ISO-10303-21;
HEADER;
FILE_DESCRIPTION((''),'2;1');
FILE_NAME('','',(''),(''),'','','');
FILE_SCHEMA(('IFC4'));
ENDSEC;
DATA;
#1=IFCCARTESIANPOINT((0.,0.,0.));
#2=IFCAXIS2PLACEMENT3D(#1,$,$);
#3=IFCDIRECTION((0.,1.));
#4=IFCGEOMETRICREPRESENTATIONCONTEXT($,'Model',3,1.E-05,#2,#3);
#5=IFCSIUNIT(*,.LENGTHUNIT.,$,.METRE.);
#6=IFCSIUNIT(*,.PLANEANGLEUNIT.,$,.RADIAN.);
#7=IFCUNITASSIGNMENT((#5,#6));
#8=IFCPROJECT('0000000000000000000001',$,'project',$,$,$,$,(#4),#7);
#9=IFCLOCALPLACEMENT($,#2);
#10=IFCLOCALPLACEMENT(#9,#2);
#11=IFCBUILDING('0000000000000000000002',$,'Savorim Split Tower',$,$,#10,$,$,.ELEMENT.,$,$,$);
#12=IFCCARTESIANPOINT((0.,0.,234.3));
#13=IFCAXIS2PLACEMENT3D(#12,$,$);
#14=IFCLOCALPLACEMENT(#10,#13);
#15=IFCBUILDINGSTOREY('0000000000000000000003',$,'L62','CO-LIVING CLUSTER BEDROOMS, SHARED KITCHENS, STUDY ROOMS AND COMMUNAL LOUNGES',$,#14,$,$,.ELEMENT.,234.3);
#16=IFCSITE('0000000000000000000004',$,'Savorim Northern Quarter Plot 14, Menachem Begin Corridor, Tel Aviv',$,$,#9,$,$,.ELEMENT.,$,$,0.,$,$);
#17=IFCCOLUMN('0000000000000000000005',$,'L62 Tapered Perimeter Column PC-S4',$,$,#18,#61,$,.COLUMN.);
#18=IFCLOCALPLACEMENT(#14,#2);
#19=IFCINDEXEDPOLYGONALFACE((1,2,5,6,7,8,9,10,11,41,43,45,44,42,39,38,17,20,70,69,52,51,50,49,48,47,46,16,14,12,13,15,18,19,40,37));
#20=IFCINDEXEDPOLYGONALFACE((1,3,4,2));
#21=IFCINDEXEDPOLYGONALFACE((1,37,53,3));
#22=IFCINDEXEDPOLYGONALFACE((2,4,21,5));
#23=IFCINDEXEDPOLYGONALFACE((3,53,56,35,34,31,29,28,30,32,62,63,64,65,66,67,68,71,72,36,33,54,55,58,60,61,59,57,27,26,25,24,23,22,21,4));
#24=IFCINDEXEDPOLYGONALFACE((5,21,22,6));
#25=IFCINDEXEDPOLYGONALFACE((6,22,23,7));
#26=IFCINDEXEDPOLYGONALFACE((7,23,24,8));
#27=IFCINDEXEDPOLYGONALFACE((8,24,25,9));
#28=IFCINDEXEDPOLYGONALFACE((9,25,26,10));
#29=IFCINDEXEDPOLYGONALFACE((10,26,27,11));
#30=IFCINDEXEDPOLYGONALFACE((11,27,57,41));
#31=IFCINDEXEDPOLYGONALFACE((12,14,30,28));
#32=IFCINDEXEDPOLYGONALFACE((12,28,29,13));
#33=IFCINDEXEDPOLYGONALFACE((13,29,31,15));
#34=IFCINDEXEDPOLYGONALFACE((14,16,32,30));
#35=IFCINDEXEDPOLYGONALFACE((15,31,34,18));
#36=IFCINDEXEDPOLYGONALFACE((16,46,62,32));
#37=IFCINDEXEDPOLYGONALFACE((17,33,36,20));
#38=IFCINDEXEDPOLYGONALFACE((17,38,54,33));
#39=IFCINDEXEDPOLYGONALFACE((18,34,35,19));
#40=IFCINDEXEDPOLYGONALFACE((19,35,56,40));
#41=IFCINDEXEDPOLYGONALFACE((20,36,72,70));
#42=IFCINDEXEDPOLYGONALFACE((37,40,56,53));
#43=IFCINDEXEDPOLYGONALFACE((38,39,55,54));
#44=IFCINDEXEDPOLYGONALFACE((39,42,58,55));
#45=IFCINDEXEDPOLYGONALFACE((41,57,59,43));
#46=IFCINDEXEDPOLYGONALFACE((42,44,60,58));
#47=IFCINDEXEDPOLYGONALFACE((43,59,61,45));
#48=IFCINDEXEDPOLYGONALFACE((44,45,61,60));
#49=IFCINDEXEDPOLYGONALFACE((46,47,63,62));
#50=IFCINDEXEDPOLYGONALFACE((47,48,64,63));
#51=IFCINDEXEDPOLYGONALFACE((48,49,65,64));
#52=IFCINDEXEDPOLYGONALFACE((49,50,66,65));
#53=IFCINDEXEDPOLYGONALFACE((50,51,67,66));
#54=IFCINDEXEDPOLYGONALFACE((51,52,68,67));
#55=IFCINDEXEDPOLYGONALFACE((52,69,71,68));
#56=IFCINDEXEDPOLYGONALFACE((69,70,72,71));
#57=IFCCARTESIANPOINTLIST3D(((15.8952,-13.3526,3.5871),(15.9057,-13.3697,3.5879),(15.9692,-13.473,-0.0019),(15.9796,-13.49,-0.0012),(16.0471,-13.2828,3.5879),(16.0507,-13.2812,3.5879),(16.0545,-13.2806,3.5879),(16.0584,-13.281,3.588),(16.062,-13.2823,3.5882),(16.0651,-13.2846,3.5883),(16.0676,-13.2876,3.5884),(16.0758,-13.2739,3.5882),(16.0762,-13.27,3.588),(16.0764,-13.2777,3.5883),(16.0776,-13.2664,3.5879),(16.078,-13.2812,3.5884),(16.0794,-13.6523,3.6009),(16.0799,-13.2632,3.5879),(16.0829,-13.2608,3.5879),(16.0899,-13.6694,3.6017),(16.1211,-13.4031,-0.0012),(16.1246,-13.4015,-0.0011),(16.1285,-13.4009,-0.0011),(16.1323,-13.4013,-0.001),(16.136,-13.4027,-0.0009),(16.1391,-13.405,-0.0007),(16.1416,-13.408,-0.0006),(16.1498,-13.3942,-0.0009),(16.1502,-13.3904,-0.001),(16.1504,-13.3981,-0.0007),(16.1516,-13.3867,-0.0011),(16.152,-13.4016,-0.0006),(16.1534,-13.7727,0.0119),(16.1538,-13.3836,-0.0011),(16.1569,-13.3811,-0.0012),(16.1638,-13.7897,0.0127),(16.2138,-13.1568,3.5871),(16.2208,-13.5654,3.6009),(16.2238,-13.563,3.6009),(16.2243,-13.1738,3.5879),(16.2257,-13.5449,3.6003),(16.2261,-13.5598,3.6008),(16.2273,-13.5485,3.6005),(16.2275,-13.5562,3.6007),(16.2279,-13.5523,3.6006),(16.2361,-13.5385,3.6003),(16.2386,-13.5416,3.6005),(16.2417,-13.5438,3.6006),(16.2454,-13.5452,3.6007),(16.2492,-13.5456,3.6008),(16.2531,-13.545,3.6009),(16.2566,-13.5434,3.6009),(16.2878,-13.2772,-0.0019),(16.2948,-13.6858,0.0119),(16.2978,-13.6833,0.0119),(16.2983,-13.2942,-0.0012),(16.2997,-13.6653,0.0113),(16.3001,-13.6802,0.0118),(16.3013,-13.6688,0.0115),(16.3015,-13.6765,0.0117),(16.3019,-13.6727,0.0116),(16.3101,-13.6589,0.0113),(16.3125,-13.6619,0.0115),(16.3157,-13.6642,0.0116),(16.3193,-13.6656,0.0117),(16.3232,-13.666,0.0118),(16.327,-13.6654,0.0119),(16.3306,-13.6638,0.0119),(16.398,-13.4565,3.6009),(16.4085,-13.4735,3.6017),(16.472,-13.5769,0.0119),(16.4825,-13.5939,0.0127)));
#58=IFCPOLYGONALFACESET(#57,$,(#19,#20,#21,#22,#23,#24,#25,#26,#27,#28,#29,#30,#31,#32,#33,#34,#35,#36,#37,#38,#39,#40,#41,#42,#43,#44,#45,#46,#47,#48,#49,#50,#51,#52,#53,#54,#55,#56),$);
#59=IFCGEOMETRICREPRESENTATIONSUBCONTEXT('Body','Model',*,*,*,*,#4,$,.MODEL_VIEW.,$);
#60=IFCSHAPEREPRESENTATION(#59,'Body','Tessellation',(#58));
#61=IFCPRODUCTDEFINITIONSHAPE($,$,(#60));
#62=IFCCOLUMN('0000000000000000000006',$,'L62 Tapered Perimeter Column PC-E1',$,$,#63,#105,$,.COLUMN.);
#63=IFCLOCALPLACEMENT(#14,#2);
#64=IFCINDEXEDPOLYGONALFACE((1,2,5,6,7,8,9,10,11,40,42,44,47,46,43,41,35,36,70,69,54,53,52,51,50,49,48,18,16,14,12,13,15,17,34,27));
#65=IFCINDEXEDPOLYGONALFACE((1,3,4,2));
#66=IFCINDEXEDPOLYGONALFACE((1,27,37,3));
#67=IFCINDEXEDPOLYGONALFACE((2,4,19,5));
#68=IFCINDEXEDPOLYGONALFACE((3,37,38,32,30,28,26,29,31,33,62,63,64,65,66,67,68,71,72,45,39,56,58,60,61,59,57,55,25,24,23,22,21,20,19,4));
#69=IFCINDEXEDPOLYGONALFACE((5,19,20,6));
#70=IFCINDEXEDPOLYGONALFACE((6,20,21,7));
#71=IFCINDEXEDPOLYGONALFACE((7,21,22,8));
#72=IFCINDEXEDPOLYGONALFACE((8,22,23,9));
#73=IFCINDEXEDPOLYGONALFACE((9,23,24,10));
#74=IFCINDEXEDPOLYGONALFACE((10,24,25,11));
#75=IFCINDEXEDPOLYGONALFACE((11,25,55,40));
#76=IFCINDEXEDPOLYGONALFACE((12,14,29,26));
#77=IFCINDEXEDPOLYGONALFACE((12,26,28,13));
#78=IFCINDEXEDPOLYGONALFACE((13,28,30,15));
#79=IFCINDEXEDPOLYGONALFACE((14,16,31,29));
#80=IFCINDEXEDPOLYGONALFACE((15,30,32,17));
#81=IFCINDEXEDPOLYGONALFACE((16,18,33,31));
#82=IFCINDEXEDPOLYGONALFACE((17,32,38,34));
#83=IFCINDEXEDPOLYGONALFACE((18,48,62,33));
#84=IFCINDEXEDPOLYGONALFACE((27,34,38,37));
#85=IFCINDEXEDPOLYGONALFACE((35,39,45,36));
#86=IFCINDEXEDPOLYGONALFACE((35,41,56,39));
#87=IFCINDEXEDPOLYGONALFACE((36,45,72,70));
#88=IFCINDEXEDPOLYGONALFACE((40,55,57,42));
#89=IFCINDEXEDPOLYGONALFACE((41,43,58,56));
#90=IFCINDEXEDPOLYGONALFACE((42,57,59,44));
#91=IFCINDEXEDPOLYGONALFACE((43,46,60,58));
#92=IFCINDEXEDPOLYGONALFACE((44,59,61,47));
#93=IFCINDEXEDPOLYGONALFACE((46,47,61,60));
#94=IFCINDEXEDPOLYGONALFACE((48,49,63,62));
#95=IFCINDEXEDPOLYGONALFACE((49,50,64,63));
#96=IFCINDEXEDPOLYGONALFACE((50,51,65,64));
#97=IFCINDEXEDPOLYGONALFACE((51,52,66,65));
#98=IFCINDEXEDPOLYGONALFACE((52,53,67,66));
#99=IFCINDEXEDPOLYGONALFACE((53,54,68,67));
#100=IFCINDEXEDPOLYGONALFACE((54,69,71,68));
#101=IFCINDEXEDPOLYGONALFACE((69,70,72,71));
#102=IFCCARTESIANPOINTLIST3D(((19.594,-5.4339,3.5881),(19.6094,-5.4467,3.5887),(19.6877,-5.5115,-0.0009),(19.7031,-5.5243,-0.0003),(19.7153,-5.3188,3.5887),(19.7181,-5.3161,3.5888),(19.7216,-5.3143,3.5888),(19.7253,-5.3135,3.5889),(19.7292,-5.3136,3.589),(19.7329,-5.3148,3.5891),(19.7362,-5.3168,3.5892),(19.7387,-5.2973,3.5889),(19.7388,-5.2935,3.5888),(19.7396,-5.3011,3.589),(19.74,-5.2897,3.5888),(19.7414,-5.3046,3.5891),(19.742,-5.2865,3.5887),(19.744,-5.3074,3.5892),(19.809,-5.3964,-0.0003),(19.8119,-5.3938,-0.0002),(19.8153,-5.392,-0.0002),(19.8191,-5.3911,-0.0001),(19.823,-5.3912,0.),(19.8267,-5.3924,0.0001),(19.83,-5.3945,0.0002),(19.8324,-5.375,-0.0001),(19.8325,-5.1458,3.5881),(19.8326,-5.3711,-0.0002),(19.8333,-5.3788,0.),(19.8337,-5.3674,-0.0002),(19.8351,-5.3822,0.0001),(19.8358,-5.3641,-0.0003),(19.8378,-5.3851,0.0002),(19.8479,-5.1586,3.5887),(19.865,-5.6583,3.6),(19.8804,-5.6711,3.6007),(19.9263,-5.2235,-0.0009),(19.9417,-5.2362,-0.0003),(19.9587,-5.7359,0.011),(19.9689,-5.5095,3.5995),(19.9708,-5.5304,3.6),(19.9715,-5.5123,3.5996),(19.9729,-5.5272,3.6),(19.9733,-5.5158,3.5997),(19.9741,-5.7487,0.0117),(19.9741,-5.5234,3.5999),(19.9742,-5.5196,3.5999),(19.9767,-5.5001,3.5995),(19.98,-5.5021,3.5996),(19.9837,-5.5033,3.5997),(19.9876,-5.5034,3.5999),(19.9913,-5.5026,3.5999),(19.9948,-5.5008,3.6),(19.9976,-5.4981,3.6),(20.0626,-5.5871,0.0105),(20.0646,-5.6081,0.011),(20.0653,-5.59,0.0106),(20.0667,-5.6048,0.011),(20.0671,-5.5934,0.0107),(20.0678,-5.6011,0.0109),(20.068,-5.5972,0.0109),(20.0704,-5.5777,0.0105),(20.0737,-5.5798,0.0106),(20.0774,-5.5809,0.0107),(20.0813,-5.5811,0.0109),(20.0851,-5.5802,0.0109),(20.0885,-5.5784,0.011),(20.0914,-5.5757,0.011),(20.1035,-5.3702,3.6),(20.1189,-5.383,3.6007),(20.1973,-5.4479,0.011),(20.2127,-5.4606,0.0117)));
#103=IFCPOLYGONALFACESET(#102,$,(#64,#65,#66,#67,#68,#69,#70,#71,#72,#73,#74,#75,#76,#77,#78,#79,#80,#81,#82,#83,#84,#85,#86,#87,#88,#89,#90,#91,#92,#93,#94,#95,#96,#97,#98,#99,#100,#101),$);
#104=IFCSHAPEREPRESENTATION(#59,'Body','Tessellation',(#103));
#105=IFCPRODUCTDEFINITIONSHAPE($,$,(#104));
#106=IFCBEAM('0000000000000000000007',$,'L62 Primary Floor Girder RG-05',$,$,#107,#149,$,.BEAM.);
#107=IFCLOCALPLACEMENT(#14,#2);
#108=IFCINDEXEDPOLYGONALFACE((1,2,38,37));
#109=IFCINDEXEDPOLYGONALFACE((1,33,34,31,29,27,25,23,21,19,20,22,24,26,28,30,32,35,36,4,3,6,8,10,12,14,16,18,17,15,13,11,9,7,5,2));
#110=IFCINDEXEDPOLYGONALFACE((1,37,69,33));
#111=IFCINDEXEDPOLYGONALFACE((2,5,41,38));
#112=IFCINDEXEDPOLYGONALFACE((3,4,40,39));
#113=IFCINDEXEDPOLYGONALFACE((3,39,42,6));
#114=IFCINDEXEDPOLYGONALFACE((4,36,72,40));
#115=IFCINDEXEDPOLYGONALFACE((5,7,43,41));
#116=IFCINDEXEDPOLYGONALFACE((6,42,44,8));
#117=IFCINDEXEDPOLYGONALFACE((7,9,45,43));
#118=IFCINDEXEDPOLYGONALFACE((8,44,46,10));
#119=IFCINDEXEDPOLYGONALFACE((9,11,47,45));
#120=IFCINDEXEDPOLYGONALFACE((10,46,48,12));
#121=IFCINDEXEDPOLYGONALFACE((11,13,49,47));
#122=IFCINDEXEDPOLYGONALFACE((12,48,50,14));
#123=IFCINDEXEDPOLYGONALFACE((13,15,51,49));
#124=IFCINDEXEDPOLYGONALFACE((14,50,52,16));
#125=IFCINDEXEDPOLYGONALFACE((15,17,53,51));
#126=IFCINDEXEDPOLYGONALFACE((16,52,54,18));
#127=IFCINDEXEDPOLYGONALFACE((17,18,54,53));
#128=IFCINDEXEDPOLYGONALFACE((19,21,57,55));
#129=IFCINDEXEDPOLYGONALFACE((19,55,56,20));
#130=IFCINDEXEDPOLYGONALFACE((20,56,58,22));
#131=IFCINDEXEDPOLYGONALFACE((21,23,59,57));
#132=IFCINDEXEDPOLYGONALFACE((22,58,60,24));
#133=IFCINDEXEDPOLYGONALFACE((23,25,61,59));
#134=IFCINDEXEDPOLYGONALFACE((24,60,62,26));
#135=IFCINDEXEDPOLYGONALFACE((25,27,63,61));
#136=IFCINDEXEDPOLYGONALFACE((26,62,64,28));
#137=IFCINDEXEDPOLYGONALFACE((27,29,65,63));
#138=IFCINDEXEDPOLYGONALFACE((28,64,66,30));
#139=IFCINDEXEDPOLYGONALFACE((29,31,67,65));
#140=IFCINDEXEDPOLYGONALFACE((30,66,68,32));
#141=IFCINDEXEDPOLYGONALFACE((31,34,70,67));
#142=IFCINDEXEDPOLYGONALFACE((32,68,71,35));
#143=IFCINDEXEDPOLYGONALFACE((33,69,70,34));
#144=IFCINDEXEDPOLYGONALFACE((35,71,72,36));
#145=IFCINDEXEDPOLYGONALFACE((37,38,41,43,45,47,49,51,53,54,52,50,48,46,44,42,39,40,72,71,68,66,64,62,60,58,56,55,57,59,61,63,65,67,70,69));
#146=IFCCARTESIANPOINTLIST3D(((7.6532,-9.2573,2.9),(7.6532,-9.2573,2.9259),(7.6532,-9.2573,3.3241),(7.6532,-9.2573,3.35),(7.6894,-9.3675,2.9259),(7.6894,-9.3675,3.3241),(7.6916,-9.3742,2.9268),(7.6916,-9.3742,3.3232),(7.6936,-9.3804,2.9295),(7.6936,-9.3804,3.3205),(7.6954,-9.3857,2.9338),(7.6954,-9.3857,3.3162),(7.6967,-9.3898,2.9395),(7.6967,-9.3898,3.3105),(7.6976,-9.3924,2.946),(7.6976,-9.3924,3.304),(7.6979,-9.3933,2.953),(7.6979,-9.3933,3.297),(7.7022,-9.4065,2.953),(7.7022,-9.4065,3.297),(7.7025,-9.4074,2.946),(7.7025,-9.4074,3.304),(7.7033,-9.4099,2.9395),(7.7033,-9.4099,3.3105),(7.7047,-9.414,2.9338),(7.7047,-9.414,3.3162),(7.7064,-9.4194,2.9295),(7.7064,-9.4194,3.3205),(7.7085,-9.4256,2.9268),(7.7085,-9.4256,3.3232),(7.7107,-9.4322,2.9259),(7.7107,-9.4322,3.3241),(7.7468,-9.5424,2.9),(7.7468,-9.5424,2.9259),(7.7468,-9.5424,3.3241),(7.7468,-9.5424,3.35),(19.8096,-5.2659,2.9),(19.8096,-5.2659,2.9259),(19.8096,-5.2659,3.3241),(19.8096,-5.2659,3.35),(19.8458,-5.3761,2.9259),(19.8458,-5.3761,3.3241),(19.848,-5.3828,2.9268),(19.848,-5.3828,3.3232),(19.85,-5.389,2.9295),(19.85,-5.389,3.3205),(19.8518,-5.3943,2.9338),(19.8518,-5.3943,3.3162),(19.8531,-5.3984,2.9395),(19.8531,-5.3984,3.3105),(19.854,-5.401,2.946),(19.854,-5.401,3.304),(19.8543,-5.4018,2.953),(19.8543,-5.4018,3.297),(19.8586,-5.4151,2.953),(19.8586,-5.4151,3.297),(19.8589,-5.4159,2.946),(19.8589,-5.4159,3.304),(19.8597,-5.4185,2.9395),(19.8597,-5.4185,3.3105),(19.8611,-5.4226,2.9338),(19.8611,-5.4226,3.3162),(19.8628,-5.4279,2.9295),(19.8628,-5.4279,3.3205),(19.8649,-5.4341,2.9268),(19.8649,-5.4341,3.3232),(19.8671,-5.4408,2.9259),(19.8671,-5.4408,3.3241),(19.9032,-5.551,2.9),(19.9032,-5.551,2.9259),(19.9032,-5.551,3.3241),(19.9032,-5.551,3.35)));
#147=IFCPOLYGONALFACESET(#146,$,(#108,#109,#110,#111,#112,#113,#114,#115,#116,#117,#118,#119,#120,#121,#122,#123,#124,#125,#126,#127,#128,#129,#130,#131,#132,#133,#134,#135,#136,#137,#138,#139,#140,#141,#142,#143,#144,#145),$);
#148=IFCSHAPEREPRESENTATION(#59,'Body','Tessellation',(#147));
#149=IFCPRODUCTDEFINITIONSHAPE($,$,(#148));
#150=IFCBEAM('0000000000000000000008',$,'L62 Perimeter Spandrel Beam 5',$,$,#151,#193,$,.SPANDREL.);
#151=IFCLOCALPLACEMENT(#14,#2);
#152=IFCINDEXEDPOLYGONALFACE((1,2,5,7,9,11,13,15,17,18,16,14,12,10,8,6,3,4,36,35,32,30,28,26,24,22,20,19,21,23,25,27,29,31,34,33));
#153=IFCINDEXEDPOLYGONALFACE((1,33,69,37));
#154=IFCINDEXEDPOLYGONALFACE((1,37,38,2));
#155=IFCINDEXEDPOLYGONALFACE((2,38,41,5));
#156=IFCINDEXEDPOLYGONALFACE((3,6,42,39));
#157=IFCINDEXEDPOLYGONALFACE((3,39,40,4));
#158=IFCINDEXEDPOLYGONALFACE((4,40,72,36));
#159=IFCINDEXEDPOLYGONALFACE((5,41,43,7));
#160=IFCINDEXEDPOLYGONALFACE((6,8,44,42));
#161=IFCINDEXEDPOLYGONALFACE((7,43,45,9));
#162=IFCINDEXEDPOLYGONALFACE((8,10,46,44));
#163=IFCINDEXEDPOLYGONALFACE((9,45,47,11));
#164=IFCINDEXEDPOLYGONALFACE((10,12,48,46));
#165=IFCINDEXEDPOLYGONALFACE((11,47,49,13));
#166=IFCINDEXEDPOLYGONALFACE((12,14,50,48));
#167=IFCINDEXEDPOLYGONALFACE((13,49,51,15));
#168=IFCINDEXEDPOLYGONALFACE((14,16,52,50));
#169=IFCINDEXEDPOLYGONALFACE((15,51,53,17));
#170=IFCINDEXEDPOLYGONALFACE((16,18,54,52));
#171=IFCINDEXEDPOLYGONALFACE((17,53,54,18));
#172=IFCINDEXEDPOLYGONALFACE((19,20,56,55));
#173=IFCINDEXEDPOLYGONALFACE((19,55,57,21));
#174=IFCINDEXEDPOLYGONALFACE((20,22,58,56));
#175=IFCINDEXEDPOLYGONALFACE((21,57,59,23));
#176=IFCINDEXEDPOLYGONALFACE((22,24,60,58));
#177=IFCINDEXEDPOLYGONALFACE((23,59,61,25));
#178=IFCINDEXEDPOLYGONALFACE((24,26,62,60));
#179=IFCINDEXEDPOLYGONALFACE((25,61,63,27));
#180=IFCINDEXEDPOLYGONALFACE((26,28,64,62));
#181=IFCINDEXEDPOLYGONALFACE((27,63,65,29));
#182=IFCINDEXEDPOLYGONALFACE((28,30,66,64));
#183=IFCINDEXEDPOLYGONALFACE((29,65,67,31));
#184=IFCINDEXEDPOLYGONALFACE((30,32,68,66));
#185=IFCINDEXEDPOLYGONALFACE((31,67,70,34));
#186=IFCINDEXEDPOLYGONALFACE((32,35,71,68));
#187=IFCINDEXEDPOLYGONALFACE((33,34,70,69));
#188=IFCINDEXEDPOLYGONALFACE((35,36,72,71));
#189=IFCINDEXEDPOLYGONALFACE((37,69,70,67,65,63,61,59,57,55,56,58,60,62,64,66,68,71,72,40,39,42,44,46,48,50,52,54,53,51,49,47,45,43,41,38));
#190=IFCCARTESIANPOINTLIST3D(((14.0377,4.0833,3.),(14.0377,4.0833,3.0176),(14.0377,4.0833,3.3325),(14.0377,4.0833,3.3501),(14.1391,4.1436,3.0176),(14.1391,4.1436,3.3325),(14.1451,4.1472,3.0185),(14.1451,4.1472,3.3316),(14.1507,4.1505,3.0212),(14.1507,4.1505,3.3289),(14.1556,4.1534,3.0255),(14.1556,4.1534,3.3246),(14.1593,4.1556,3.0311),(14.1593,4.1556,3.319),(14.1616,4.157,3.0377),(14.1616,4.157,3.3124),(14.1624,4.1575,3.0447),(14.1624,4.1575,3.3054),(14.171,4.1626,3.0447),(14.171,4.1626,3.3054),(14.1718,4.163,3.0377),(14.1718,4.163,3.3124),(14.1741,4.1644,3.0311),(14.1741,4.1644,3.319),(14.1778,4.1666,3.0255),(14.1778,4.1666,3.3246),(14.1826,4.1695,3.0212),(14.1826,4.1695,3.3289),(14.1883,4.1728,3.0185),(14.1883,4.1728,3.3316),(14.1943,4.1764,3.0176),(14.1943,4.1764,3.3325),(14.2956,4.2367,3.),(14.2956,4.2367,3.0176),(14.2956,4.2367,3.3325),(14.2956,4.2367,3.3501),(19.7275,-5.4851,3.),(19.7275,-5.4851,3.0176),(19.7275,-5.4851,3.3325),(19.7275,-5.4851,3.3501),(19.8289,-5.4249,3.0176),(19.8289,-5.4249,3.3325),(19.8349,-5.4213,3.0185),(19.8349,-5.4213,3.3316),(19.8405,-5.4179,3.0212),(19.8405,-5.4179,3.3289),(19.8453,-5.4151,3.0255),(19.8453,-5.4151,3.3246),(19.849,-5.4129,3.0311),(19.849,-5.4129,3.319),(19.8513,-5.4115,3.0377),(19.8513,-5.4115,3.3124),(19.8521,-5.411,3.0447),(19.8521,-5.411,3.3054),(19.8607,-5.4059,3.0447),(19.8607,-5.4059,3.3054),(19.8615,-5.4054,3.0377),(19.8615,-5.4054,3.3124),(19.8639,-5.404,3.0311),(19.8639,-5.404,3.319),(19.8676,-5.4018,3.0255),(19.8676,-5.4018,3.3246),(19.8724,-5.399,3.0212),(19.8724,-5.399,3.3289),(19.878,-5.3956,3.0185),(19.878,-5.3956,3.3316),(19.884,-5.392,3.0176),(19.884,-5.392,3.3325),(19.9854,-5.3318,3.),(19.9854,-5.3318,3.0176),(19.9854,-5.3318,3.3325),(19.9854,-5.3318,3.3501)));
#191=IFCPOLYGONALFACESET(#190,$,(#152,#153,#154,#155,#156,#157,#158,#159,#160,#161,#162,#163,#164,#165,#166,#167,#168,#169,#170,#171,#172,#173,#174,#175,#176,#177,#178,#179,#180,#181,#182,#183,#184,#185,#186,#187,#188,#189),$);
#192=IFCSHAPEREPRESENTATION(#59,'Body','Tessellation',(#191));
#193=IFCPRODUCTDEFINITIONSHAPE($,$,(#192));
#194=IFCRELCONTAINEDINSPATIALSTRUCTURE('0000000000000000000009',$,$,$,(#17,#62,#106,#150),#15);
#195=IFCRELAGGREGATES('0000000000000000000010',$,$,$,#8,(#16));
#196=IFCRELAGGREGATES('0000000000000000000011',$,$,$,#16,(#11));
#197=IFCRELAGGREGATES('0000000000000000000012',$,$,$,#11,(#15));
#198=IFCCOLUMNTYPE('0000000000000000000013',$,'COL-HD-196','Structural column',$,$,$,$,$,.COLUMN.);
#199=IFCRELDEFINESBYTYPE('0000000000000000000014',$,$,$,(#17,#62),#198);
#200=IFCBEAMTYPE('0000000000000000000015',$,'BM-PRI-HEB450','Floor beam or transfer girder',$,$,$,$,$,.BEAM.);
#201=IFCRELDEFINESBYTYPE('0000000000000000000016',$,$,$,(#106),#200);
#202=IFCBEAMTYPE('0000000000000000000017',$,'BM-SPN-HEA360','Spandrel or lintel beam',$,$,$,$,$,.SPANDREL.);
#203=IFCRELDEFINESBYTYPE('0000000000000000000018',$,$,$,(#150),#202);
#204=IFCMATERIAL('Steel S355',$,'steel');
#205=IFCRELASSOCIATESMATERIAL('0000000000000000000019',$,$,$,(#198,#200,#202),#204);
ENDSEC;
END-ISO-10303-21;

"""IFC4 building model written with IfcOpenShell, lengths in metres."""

from ifc_helpers import new_model, si_unit, direction, frame, origin, origin_2d, place, context, subcontext, project, spatial, i_section, extrude, material, material_profile, profile_set, type_object, element, save


model = new_model("IFC4")

# Units and contexts
model_context = context("Model", 3, precision=1e-05, world=origin(), true_north=direction((0.0, 1.0)))
body_context = subcontext(model_context, "Body", "Model", "MODEL_VIEW")
ifc_project = project(units=[si_unit("LENGTHUNIT", "METRE"), si_unit("PLANEANGLEUNIT", "RADIAN")], contexts=[model_context])

# Site, building, storey
site_placement = place(None, origin())
site = spatial("IfcSite", under=ifc_project, at=site_placement, Name="Savorim Northern Quarter Plot 14, Menachem Begin Corridor, Tel Aviv", CompositionType="ELEMENT", RefElevation=0.0)
building_placement = place(site_placement, origin())
building = spatial("IfcBuilding", under=site, at=building_placement, Name="Savorim Split Tower", CompositionType="ELEMENT")
storey_placement = place(building_placement, frame((0.0, 0.0, 234.3)))
storey = spatial("IfcBuildingStorey", under=building, at=storey_placement, Name="L62", Description="CO-LIVING CLUSTER BEDROOMS, SHARED KITCHENS, STUDY ROOMS AND COMMUNAL LOUNGES", CompositionType="ELEMENT", Elevation=234.3)

# Columns
ifc_material_1 = material(Name="Steel S355", Category="steel")
ifc_material_profile_1 = material_profile(ifc_material_1, i_section(OverallWidth=0.374, OverallDepth=0.3721, WebThickness=0.0122, FlangeThickness=0.02, FilletRadius=0.0149, at=origin_2d()), Name="HD 360x196")
ifc_profile_set_1 = profile_set([ifc_material_profile_1], Name="Steel S355")
column_type = type_object("IfcColumnType", Name="COL-HD-196", Description="Structural column", PredefinedType="COLUMN", material=ifc_profile_set_1)
column_1_placement = place(storey_placement, frame((16.2258, -13.5334, 0.0054), z_axis=(-0.020595, 0.033509, 0.999226), x_axis=(-0.851955, -0.523615, 0.0)))
element("IfcColumn", 1, at=column_1_placement, inside=storey, type_object=column_type, Name="L62 Tapered Perimeter Column PC-S4", PredefinedType="COLUMN", context=body_context, shape_type="SweptSolid", body=[
    extrude(i_section(OverallWidth=0.374, OverallDepth=0.3721, WebThickness=0.0122, FlangeThickness=0.02, FilletRadius=0.0149, at=origin_2d()), origin(), (0.0, 0.0, 1.0), 3.5918),
])
column_2_placement = place(storey_placement, frame((19.9502, -5.4861, 0.0054), z_axis=(-0.026106, 0.021619, 0.999425), x_axis=(-0.637814, -0.77019, 0.0)))
element("IfcColumn", 2, at=column_2_placement, inside=storey, type_object=column_type, Name="L62 Tapered Perimeter Column PC-E1", PredefinedType="COLUMN", context=body_context, shape_type="SweptSolid", body=[
    extrude(i_section(OverallWidth=0.374, OverallDepth=0.3721, WebThickness=0.0122, FlangeThickness=0.02, FilletRadius=0.0149, at=origin_2d()), origin(), (0.0, 0.0, 1.0), 3.5911),
])

# Beams
ifc_material_profile_2 = material_profile(ifc_material_1, i_section(OverallWidth=0.3, OverallDepth=0.45, WebThickness=0.0139, FlangeThickness=0.0259, FilletRadius=0.0271, at=origin_2d()), Name="HEB 450")
ifc_profile_set_2 = profile_set([ifc_material_profile_2], Name="Steel S355")
beam_type_1 = type_object("IfcBeamType", Name="BM-PRI-HEB450", Description="Floor beam or transfer girder", PredefinedType="BEAM", material=ifc_profile_set_2)
beam_1_placement = place(storey_placement, frame((19.8564, -5.4084, 3.125), z_axis=(-0.950097, -0.311954, 0.0), x_axis=(0.311954, -0.950097, 0.0)))
element("IfcBeam", 3, at=beam_1_placement, inside=storey, type_object=beam_type_1, Name="L62 Primary Floor Girder RG-05", PredefinedType="BEAM", context=body_context, shape_type="SweptSolid", body=[
    extrude(i_section(OverallWidth=0.3, OverallDepth=0.45, WebThickness=0.0139, FlangeThickness=0.0259, FilletRadius=0.0271, at=origin_2d()), origin(), (0.0, 0.0, 1.0), 12.7949),
])
ifc_material_profile_3 = material_profile(ifc_material_1, i_section(OverallWidth=0.3, OverallDepth=0.3501, WebThickness=0.01, FlangeThickness=0.0176, FilletRadius=0.0271, at=origin_2d()), Name="HEA 360")
ifc_profile_set_3 = profile_set([ifc_material_profile_3], Name="Steel S355")
beam_type_2 = type_object("IfcBeamType", Name="BM-SPN-HEA360", Description="Spandrel or lintel beam", PredefinedType="SPANDREL", material=ifc_profile_set_3)
beam_2_placement = place(storey_placement, frame((19.8564, -5.4084, 3.175), z_axis=(-0.511102, 0.85952, 0.0), x_axis=(-0.85952, -0.511102, 0.0)))
element("IfcBeam", 4, at=beam_2_placement, inside=storey, type_object=beam_type_2, Name="L62 Perimeter Spandrel Beam 5", PredefinedType="SPANDREL", context=body_context, shape_type="SweptSolid", body=[
    extrude(i_section(OverallWidth=0.3, OverallDepth=0.3501, WebThickness=0.01, FlangeThickness=0.0176, FilletRadius=0.0271, at=origin_2d()), origin(), (0.0, 0.0, 1.0), 11.1323),
])

save(model, "model.ifc")
